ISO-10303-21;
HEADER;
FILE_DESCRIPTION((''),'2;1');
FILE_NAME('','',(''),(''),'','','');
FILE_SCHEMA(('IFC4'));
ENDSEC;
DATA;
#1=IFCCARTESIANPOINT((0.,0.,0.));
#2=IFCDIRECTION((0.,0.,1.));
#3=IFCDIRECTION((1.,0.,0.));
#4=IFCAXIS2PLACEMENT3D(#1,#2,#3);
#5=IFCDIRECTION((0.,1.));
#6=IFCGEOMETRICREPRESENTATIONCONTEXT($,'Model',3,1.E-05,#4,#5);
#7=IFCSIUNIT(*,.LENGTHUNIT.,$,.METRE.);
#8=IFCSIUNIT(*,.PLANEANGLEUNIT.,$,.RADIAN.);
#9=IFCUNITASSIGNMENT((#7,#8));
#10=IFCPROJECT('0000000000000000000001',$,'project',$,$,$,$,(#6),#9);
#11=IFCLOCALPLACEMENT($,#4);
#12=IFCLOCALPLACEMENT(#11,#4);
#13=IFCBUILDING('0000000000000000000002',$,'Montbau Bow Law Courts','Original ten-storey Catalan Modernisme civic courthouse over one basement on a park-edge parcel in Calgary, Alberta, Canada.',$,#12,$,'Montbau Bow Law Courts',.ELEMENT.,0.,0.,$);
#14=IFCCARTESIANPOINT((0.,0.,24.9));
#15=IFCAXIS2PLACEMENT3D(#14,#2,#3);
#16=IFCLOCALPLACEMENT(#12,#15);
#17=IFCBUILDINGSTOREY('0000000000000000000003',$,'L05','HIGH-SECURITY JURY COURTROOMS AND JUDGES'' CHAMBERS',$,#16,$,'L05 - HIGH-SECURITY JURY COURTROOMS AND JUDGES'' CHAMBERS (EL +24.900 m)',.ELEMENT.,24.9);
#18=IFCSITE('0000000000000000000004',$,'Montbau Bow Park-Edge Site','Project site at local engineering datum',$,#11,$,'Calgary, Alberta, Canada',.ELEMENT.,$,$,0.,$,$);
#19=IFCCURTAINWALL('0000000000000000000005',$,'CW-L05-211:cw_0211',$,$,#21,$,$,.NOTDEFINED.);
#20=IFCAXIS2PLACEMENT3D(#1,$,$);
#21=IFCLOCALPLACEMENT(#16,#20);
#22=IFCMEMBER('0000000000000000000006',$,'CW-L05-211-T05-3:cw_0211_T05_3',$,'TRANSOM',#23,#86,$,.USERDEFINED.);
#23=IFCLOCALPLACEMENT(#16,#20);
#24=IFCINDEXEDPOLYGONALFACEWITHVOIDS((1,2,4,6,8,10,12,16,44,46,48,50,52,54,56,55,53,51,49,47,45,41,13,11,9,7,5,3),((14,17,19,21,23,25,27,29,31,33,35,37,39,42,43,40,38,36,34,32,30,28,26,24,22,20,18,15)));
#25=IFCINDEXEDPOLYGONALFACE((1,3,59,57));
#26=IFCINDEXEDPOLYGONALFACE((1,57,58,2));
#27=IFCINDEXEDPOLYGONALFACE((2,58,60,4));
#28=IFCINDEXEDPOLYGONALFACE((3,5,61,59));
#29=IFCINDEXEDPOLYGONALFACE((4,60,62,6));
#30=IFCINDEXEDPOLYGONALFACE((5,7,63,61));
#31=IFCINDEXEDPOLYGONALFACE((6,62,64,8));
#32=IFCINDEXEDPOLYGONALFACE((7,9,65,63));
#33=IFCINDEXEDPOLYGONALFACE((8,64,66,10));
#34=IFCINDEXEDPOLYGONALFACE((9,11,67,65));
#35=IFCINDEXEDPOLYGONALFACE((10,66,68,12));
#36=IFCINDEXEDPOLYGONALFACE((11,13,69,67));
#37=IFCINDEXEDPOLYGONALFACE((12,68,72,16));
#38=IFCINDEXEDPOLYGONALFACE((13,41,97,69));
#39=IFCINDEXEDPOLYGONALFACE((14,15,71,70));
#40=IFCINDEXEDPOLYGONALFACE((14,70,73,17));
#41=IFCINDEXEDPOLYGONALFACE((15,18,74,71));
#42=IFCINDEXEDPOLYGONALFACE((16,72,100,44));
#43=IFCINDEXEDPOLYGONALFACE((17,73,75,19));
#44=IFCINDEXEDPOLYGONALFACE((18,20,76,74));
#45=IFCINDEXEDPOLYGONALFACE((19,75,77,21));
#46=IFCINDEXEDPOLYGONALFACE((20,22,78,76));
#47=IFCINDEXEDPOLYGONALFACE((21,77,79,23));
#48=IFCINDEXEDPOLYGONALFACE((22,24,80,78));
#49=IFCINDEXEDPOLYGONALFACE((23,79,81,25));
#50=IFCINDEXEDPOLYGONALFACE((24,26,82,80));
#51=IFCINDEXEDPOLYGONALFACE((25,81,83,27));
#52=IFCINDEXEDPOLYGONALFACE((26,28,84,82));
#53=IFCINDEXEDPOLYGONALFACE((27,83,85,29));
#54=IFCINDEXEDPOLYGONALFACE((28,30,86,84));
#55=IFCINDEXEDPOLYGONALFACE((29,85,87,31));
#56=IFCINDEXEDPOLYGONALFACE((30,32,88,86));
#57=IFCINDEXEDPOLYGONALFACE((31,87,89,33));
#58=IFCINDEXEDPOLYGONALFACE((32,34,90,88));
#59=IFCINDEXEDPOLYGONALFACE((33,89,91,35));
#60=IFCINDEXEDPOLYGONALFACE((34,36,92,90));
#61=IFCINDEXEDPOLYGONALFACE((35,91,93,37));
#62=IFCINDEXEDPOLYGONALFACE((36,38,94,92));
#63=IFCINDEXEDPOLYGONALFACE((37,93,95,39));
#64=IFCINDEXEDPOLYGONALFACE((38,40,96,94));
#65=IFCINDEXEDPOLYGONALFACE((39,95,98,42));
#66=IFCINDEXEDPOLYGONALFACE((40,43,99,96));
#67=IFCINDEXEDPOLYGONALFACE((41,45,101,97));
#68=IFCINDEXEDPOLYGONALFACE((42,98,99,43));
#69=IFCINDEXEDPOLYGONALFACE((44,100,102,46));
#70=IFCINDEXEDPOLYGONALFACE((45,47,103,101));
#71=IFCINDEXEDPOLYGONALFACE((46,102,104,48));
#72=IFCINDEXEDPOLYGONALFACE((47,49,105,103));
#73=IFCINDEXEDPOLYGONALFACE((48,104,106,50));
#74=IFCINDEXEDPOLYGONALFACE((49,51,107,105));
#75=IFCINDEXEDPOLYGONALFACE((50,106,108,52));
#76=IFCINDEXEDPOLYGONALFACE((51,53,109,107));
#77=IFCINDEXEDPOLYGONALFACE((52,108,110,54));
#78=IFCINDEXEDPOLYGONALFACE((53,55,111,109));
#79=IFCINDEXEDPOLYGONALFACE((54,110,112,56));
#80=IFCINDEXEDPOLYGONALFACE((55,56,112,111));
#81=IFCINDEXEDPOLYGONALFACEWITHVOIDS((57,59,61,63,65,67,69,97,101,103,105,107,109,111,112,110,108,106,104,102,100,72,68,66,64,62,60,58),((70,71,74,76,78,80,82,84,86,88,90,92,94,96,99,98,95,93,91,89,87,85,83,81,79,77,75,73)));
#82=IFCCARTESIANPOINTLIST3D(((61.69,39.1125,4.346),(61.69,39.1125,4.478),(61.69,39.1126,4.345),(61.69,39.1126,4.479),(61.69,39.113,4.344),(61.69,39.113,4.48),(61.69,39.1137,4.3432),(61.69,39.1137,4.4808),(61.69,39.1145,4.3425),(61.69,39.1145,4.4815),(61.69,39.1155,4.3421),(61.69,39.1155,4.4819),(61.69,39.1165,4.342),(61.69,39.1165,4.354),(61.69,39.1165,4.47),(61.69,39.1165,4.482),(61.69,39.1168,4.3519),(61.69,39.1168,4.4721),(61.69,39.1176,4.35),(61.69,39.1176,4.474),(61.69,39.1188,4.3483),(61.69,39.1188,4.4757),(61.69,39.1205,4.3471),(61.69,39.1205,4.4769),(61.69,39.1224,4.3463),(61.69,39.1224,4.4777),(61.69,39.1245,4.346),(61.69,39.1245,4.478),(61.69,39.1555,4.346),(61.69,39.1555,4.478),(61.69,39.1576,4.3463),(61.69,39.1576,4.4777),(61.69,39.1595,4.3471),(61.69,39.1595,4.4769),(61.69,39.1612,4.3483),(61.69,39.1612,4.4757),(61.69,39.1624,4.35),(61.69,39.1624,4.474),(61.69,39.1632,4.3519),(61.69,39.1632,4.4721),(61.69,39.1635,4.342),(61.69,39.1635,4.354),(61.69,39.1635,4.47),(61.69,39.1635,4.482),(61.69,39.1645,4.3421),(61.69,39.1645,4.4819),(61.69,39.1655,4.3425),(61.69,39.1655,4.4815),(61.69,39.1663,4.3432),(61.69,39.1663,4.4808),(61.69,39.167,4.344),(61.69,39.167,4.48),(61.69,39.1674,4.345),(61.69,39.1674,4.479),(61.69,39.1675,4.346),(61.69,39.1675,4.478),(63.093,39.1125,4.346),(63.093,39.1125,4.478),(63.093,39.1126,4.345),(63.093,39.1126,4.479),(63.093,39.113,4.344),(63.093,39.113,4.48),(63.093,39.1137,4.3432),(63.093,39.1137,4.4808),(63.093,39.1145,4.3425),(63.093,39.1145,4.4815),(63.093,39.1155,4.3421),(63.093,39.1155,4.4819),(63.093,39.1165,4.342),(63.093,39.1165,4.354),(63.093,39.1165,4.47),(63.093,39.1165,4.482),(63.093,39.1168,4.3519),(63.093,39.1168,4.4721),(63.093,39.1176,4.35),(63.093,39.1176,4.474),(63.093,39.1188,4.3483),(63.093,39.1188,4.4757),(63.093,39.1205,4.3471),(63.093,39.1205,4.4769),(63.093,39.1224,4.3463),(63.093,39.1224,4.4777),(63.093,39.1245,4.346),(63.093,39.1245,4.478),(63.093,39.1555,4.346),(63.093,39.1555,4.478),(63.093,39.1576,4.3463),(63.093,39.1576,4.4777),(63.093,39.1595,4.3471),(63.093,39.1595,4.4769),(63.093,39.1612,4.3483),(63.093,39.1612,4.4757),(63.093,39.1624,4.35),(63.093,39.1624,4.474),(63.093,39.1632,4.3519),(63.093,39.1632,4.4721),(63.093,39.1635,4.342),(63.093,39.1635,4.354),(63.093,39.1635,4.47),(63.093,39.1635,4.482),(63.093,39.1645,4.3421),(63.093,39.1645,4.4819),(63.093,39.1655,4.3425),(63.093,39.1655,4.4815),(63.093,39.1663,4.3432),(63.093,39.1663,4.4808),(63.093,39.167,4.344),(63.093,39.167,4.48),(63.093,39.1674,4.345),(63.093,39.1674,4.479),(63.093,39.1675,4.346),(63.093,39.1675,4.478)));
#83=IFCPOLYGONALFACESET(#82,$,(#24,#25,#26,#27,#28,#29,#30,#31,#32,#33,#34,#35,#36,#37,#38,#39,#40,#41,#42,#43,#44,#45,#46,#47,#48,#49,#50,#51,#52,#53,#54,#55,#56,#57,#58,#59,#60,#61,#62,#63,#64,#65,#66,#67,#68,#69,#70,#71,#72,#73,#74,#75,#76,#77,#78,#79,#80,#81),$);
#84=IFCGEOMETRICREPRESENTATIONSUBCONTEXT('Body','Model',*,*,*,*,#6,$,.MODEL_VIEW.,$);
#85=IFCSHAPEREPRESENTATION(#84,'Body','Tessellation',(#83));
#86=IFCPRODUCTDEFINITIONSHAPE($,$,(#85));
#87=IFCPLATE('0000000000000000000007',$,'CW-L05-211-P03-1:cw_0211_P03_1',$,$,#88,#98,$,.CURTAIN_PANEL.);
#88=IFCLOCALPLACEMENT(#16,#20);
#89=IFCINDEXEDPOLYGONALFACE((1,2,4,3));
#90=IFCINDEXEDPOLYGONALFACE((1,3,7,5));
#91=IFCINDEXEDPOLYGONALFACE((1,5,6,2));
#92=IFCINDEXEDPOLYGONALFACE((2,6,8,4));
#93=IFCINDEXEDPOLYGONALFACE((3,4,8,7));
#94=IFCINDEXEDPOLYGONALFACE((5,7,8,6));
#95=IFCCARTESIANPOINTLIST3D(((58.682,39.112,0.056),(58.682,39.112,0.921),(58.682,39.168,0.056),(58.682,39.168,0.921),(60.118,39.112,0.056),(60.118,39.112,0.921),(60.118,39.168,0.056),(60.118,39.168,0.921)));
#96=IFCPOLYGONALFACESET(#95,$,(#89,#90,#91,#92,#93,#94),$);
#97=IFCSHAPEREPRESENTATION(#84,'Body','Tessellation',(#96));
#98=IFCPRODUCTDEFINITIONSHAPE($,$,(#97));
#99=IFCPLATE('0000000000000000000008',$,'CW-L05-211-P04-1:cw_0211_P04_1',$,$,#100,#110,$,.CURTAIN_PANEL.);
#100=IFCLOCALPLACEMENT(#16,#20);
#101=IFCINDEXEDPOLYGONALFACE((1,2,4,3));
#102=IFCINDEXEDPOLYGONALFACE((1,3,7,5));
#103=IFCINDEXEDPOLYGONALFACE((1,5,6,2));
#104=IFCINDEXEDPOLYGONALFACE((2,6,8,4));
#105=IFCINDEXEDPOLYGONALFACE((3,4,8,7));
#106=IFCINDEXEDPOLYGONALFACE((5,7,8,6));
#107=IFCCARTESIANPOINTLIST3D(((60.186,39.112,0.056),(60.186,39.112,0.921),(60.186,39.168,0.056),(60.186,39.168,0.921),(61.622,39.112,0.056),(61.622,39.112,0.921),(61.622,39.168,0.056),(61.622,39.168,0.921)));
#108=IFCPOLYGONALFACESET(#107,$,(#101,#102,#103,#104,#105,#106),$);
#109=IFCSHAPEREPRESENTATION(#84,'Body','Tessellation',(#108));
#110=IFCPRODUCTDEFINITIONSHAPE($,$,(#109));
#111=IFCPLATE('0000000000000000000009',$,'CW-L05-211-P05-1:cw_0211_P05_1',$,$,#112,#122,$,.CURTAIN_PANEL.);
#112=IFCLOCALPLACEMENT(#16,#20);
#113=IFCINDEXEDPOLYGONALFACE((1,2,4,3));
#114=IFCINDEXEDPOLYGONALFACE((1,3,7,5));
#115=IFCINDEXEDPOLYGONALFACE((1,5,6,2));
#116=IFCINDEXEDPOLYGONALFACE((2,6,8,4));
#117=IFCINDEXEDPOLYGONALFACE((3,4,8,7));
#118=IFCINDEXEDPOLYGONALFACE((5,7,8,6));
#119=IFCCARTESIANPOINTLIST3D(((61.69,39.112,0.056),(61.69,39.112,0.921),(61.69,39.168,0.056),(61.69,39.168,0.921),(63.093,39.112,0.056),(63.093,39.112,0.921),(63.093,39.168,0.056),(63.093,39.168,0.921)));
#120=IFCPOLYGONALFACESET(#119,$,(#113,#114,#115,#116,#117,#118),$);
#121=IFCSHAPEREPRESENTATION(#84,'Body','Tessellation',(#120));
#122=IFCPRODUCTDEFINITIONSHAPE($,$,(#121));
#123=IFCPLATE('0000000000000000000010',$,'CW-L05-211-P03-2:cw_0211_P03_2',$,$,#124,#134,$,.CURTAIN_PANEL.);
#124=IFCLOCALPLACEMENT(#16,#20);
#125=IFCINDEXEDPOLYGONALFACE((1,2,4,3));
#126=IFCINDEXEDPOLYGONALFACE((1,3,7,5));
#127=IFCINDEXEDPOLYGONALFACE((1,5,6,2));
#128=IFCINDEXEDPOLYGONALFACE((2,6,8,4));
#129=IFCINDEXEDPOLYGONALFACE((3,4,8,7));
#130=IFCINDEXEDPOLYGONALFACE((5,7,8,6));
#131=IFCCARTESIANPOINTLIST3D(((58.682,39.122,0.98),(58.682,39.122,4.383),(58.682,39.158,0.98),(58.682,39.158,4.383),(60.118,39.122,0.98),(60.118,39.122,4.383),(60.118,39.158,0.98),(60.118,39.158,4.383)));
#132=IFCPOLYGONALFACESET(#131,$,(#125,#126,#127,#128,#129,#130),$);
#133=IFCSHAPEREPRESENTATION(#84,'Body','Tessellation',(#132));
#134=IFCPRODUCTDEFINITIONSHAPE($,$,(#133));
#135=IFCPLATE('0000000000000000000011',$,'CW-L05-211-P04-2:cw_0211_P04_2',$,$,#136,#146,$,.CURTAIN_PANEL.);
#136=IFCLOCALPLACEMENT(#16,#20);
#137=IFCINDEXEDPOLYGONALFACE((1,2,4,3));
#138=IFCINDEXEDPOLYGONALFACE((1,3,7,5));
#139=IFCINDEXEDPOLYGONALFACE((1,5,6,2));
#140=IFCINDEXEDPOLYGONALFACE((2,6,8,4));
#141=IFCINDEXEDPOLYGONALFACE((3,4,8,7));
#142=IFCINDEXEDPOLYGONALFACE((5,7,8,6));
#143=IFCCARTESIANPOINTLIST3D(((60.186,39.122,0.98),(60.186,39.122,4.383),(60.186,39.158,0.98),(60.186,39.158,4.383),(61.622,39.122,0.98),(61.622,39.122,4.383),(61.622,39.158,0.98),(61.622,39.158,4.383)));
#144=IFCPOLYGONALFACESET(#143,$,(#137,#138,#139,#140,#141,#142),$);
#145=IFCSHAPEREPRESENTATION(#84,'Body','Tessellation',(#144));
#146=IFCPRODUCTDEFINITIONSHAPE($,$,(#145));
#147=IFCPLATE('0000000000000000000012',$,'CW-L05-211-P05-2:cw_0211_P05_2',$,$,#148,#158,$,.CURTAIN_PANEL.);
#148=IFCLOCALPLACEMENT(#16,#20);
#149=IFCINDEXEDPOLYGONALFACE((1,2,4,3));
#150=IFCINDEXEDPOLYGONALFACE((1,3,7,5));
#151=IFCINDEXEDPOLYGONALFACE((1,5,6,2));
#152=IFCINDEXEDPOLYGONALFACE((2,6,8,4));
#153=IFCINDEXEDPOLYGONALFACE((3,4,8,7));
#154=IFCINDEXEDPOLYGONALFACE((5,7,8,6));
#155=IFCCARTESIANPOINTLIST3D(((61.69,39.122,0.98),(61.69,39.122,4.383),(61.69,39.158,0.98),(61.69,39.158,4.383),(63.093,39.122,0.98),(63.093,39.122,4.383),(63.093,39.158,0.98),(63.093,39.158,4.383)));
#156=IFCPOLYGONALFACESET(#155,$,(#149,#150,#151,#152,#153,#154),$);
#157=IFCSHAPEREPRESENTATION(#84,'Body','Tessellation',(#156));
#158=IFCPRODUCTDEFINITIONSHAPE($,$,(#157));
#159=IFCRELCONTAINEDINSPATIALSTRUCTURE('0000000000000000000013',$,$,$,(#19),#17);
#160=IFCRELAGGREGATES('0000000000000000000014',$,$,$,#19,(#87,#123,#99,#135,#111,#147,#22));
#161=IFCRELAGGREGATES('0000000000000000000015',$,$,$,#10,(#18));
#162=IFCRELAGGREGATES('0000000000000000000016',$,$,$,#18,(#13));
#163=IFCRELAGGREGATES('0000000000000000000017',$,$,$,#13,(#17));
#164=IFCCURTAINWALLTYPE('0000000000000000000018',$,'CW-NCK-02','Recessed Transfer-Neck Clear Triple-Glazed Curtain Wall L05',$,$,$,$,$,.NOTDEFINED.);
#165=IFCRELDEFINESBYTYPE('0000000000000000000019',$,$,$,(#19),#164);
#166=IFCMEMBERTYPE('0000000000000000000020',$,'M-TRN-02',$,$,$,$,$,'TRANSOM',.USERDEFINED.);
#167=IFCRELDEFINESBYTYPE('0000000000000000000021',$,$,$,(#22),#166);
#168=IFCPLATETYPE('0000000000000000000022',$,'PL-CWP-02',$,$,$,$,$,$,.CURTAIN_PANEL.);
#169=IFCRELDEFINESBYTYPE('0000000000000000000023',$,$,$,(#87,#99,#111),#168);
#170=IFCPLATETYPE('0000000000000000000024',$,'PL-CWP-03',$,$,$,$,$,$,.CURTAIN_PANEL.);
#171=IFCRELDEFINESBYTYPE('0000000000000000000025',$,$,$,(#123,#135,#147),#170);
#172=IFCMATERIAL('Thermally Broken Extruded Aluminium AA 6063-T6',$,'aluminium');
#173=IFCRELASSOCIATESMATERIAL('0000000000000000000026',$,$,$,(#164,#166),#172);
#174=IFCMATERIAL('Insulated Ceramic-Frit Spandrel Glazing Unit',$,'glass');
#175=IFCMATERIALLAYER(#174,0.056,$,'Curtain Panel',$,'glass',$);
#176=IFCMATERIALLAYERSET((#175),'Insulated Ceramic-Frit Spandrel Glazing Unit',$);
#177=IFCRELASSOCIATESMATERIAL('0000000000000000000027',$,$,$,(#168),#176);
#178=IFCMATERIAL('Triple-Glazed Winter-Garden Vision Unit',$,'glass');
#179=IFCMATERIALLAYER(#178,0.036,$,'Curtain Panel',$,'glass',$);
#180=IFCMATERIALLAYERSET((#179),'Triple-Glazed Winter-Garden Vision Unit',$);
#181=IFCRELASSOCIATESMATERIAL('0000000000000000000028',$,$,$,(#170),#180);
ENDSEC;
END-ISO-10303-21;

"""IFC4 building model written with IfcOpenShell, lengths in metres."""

from ifc_helpers import new_model, si_unit, direction, frame, frame_2d, origin_with_axes, origin_2d_with_axis, place, context, subcontext, project, spatial, rectangle, hollow_rectangle, extrude, material, layer, layer_set, material_profile, profile_set, type_object, element, aggregate, save


model = new_model("IFC4")

# Units and contexts
model_context = context("Model", 3, precision=1e-05, world=origin_with_axes(), true_north=direction((0.0, 1.0)))
body_context = subcontext(model_context, "Body", "Model", "MODEL_VIEW")
ifc_project = project(units=[si_unit("LENGTHUNIT", "METRE"), si_unit("PLANEANGLEUNIT", "RADIAN")], contexts=[model_context])

# Site, building, storey
site_placement = place(None, origin_with_axes())
site = spatial("IfcSite", under=ifc_project, at=site_placement, Name="Montbau Bow Park-Edge Site", Description="Project site at local engineering datum", LongName="Calgary, Alberta, Canada", CompositionType="ELEMENT", RefElevation=0.0)
building_placement = place(site_placement, origin_with_axes())
building = spatial("IfcBuilding", under=site, at=building_placement, Name="Montbau Bow Law Courts", Description="Original ten-storey Catalan Modernisme civic courthouse over one basement on a park-edge parcel in Calgary, Alberta, Canada.", LongName="Montbau Bow Law Courts", CompositionType="ELEMENT", ElevationOfRefHeight=0.0, ElevationOfTerrain=0.0)
storey_placement = place(building_placement, frame((0.0, 0.0, 24.9), z_axis=(0.0, 0.0, 1.0), x_axis=(1.0, 0.0, 0.0)))
storey = spatial("IfcBuildingStorey", under=building, at=storey_placement, Name="L05", Description="HIGH-SECURITY JURY COURTROOMS AND JUDGES' CHAMBERS", LongName="L05 - HIGH-SECURITY JURY COURTROOMS AND JUDGES' CHAMBERS (EL +24.900 m)", CompositionType="ELEMENT", Elevation=24.9)

# Curtain wall, member, plates
ifc_material_1 = material(Name="Thermally Broken Extruded Aluminium AA 6063-T6", Category="aluminium")
curtain_wall_type = type_object("IfcCurtainWallType", Name="CW-NCK-02", Description="Recessed Transfer-Neck Clear Triple-Glazed Curtain Wall L05", PredefinedType="NOTDEFINED", material=ifc_material_1)
curtain_wall_placement = place(None, frame((55.64, 39.14, 24.9), z_axis=(0.0, 0.0, 1.0), x_axis=(1.0, 0.0, 0.0)))
curtain_wall = element("IfcCurtainWall", 1, at=curtain_wall_placement, inside=storey, type_object=curtain_wall_type, Name="CW-L05-211:cw_0211", PredefinedType="NOTDEFINED")
ifc_material_profile_1 = material_profile(ifc_material_1, hollow_rectangle(XDim=0.055, YDim=0.14, WallThickness=0.004, InnerFilletRadius=0.008, OuterFilletRadius=0.004, at=origin_2d_with_axis()), Name="CWT-140X55", Category="Main", Priority=0)
ifc_profile_set_1 = profile_set([ifc_material_profile_1], Name="Thermally Broken Extruded Aluminium AA 6063-T6")
member_type_1 = type_object("IfcMemberType", Name="M-TRN-02", ElementType="TRANSOM", PredefinedType="USERDEFINED", material=ifc_profile_set_1)
member_1_placement = place(None, frame((61.69, 39.14, 29.312), z_axis=(1.0, 0.0, 0.0), x_axis=(0.0, 1.0, 0.0)))
member_1 = element("IfcMember", 2, at=member_1_placement, type_object=member_type_1, Name="CW-L05-211-T05-3:cw_0211_T05_3", ObjectType="TRANSOM", PredefinedType="USERDEFINED", context=body_context, shape_type="SweptSolid", body=[
    extrude(hollow_rectangle(XDim=0.055, YDim=0.14, WallThickness=0.004, InnerFilletRadius=0.008, OuterFilletRadius=0.004, at=origin_2d_with_axis()), origin_with_axes(), (0.0, 0.0, 1.0), 1.403),
])
ifc_material_2 = material(Name="Insulated Ceramic-Frit Spandrel Glazing Unit", Category="glass")
ifc_layer_1 = layer(ifc_material_2, 0.056, Name="Curtain Panel", Category="glass")
ifc_layer_set_1 = layer_set([ifc_layer_1], Name="Insulated Ceramic-Frit Spandrel Glazing Unit")
plate_type_1 = type_object("IfcPlateType", Name="PL-CWP-02", PredefinedType="CURTAIN_PANEL", material=ifc_layer_set_1)
plate_1_placement = place(None, frame((58.682, 39.14, 24.956), z_axis=(0.0, -1.0, 0.0), x_axis=(1.0, 0.0, 0.0)))
plate_1 = element("IfcPlate", 3, at=plate_1_placement, type_object=plate_type_1, Name="CW-L05-211-P03-1:cw_0211_P03_1", PredefinedType="CURTAIN_PANEL", context=body_context, shape_type="SweptSolid", body=[
    extrude(rectangle(XDim=1.436, YDim=0.865, at=frame_2d((0.718, 0.4325), x_axis=(1.0, 0.0))), frame((0.0, 0.0, -0.028), z_axis=(0.0, 0.0, 1.0), x_axis=(1.0, 0.0, 0.0)), (0.0, 0.0, 1.0), 0.056),
])
plate_2_placement = place(None, frame((60.186, 39.14, 24.956), z_axis=(0.0, -1.0, 0.0), x_axis=(1.0, 0.0, 0.0)))
plate_2 = element("IfcPlate", 4, at=plate_2_placement, type_object=plate_type_1, Name="CW-L05-211-P04-1:cw_0211_P04_1", PredefinedType="CURTAIN_PANEL", context=body_context, shape_type="SweptSolid", body=[
    extrude(rectangle(XDim=1.436, YDim=0.865, at=frame_2d((0.718, 0.4325), x_axis=(1.0, 0.0))), frame((0.0, 0.0, -0.028), z_axis=(0.0, 0.0, 1.0), x_axis=(1.0, 0.0, 0.0)), (0.0, 0.0, 1.0), 0.056),
])
plate_3_placement = place(None, frame((61.69, 39.14, 24.956), z_axis=(0.0, -1.0, 0.0), x_axis=(1.0, 0.0, 0.0)))
plate_3 = element("IfcPlate", 5, at=plate_3_placement, type_object=plate_type_1, Name="CW-L05-211-P05-1:cw_0211_P05_1", PredefinedType="CURTAIN_PANEL", context=body_context, shape_type="SweptSolid", body=[
    extrude(rectangle(XDim=1.403, YDim=0.865, at=frame_2d((0.7015, 0.4325), x_axis=(1.0, 0.0))), frame((0.0, 0.0, -0.028), z_axis=(0.0, 0.0, 1.0), x_axis=(1.0, 0.0, 0.0)), (0.0, 0.0, 1.0), 0.056),
])
ifc_material_3 = material(Name="Triple-Glazed Winter-Garden Vision Unit", Category="glass")
ifc_layer_2 = layer(ifc_material_3, 0.036, Name="Curtain Panel", Category="glass")
ifc_layer_set_2 = layer_set([ifc_layer_2], Name="Triple-Glazed Winter-Garden Vision Unit")
plate_type_2 = type_object("IfcPlateType", Name="PL-CWP-03", PredefinedType="CURTAIN_PANEL", material=ifc_layer_set_2)
plate_4_placement = place(None, frame((58.682, 39.14, 25.88), z_axis=(0.0, -1.0, 0.0), x_axis=(1.0, 0.0, 0.0)))
plate_4 = element("IfcPlate", 6, at=plate_4_placement, type_object=plate_type_2, Name="CW-L05-211-P03-2:cw_0211_P03_2", PredefinedType="CURTAIN_PANEL", context=body_context, shape_type="SweptSolid", body=[
    extrude(rectangle(XDim=1.436, YDim=3.403, at=frame_2d((0.718, 1.7015), x_axis=(1.0, 0.0))), frame((0.0, 0.0, -0.018), z_axis=(0.0, 0.0, 1.0), x_axis=(1.0, 0.0, 0.0)), (0.0, 0.0, 1.0), 0.036),
])
plate_5_placement = place(None, frame((60.186, 39.14, 25.88), z_axis=(0.0, -1.0, 0.0), x_axis=(1.0, 0.0, 0.0)))
plate_5 = element("IfcPlate", 7, at=plate_5_placement, type_object=plate_type_2, Name="CW-L05-211-P04-2:cw_0211_P04_2", PredefinedType="CURTAIN_PANEL", context=body_context, shape_type="SweptSolid", body=[
    extrude(rectangle(XDim=1.436, YDim=3.403, at=frame_2d((0.718, 1.7015), x_axis=(1.0, 0.0))), frame((0.0, 0.0, -0.018), z_axis=(0.0, 0.0, 1.0), x_axis=(1.0, 0.0, 0.0)), (0.0, 0.0, 1.0), 0.036),
])
plate_6_placement = place(None, frame((61.69, 39.14, 25.88), z_axis=(0.0, -1.0, 0.0), x_axis=(1.0, 0.0, 0.0)))
plate_6 = element("IfcPlate", 8, at=plate_6_placement, type_object=plate_type_2, Name="CW-L05-211-P05-2:cw_0211_P05_2", PredefinedType="CURTAIN_PANEL", context=body_context, shape_type="SweptSolid", body=[
    extrude(rectangle(XDim=1.403, YDim=3.403, at=frame_2d((0.7015, 1.7015), x_axis=(1.0, 0.0))), frame((0.0, 0.0, -0.018), z_axis=(0.0, 0.0, 1.0), x_axis=(1.0, 0.0, 0.0)), (0.0, 0.0, 1.0), 0.036),
])
aggregate(curtain_wall, [plate_1, plate_4, plate_2, plate_5, plate_3, plate_6, member_1])

save(model, "model.ifc")
